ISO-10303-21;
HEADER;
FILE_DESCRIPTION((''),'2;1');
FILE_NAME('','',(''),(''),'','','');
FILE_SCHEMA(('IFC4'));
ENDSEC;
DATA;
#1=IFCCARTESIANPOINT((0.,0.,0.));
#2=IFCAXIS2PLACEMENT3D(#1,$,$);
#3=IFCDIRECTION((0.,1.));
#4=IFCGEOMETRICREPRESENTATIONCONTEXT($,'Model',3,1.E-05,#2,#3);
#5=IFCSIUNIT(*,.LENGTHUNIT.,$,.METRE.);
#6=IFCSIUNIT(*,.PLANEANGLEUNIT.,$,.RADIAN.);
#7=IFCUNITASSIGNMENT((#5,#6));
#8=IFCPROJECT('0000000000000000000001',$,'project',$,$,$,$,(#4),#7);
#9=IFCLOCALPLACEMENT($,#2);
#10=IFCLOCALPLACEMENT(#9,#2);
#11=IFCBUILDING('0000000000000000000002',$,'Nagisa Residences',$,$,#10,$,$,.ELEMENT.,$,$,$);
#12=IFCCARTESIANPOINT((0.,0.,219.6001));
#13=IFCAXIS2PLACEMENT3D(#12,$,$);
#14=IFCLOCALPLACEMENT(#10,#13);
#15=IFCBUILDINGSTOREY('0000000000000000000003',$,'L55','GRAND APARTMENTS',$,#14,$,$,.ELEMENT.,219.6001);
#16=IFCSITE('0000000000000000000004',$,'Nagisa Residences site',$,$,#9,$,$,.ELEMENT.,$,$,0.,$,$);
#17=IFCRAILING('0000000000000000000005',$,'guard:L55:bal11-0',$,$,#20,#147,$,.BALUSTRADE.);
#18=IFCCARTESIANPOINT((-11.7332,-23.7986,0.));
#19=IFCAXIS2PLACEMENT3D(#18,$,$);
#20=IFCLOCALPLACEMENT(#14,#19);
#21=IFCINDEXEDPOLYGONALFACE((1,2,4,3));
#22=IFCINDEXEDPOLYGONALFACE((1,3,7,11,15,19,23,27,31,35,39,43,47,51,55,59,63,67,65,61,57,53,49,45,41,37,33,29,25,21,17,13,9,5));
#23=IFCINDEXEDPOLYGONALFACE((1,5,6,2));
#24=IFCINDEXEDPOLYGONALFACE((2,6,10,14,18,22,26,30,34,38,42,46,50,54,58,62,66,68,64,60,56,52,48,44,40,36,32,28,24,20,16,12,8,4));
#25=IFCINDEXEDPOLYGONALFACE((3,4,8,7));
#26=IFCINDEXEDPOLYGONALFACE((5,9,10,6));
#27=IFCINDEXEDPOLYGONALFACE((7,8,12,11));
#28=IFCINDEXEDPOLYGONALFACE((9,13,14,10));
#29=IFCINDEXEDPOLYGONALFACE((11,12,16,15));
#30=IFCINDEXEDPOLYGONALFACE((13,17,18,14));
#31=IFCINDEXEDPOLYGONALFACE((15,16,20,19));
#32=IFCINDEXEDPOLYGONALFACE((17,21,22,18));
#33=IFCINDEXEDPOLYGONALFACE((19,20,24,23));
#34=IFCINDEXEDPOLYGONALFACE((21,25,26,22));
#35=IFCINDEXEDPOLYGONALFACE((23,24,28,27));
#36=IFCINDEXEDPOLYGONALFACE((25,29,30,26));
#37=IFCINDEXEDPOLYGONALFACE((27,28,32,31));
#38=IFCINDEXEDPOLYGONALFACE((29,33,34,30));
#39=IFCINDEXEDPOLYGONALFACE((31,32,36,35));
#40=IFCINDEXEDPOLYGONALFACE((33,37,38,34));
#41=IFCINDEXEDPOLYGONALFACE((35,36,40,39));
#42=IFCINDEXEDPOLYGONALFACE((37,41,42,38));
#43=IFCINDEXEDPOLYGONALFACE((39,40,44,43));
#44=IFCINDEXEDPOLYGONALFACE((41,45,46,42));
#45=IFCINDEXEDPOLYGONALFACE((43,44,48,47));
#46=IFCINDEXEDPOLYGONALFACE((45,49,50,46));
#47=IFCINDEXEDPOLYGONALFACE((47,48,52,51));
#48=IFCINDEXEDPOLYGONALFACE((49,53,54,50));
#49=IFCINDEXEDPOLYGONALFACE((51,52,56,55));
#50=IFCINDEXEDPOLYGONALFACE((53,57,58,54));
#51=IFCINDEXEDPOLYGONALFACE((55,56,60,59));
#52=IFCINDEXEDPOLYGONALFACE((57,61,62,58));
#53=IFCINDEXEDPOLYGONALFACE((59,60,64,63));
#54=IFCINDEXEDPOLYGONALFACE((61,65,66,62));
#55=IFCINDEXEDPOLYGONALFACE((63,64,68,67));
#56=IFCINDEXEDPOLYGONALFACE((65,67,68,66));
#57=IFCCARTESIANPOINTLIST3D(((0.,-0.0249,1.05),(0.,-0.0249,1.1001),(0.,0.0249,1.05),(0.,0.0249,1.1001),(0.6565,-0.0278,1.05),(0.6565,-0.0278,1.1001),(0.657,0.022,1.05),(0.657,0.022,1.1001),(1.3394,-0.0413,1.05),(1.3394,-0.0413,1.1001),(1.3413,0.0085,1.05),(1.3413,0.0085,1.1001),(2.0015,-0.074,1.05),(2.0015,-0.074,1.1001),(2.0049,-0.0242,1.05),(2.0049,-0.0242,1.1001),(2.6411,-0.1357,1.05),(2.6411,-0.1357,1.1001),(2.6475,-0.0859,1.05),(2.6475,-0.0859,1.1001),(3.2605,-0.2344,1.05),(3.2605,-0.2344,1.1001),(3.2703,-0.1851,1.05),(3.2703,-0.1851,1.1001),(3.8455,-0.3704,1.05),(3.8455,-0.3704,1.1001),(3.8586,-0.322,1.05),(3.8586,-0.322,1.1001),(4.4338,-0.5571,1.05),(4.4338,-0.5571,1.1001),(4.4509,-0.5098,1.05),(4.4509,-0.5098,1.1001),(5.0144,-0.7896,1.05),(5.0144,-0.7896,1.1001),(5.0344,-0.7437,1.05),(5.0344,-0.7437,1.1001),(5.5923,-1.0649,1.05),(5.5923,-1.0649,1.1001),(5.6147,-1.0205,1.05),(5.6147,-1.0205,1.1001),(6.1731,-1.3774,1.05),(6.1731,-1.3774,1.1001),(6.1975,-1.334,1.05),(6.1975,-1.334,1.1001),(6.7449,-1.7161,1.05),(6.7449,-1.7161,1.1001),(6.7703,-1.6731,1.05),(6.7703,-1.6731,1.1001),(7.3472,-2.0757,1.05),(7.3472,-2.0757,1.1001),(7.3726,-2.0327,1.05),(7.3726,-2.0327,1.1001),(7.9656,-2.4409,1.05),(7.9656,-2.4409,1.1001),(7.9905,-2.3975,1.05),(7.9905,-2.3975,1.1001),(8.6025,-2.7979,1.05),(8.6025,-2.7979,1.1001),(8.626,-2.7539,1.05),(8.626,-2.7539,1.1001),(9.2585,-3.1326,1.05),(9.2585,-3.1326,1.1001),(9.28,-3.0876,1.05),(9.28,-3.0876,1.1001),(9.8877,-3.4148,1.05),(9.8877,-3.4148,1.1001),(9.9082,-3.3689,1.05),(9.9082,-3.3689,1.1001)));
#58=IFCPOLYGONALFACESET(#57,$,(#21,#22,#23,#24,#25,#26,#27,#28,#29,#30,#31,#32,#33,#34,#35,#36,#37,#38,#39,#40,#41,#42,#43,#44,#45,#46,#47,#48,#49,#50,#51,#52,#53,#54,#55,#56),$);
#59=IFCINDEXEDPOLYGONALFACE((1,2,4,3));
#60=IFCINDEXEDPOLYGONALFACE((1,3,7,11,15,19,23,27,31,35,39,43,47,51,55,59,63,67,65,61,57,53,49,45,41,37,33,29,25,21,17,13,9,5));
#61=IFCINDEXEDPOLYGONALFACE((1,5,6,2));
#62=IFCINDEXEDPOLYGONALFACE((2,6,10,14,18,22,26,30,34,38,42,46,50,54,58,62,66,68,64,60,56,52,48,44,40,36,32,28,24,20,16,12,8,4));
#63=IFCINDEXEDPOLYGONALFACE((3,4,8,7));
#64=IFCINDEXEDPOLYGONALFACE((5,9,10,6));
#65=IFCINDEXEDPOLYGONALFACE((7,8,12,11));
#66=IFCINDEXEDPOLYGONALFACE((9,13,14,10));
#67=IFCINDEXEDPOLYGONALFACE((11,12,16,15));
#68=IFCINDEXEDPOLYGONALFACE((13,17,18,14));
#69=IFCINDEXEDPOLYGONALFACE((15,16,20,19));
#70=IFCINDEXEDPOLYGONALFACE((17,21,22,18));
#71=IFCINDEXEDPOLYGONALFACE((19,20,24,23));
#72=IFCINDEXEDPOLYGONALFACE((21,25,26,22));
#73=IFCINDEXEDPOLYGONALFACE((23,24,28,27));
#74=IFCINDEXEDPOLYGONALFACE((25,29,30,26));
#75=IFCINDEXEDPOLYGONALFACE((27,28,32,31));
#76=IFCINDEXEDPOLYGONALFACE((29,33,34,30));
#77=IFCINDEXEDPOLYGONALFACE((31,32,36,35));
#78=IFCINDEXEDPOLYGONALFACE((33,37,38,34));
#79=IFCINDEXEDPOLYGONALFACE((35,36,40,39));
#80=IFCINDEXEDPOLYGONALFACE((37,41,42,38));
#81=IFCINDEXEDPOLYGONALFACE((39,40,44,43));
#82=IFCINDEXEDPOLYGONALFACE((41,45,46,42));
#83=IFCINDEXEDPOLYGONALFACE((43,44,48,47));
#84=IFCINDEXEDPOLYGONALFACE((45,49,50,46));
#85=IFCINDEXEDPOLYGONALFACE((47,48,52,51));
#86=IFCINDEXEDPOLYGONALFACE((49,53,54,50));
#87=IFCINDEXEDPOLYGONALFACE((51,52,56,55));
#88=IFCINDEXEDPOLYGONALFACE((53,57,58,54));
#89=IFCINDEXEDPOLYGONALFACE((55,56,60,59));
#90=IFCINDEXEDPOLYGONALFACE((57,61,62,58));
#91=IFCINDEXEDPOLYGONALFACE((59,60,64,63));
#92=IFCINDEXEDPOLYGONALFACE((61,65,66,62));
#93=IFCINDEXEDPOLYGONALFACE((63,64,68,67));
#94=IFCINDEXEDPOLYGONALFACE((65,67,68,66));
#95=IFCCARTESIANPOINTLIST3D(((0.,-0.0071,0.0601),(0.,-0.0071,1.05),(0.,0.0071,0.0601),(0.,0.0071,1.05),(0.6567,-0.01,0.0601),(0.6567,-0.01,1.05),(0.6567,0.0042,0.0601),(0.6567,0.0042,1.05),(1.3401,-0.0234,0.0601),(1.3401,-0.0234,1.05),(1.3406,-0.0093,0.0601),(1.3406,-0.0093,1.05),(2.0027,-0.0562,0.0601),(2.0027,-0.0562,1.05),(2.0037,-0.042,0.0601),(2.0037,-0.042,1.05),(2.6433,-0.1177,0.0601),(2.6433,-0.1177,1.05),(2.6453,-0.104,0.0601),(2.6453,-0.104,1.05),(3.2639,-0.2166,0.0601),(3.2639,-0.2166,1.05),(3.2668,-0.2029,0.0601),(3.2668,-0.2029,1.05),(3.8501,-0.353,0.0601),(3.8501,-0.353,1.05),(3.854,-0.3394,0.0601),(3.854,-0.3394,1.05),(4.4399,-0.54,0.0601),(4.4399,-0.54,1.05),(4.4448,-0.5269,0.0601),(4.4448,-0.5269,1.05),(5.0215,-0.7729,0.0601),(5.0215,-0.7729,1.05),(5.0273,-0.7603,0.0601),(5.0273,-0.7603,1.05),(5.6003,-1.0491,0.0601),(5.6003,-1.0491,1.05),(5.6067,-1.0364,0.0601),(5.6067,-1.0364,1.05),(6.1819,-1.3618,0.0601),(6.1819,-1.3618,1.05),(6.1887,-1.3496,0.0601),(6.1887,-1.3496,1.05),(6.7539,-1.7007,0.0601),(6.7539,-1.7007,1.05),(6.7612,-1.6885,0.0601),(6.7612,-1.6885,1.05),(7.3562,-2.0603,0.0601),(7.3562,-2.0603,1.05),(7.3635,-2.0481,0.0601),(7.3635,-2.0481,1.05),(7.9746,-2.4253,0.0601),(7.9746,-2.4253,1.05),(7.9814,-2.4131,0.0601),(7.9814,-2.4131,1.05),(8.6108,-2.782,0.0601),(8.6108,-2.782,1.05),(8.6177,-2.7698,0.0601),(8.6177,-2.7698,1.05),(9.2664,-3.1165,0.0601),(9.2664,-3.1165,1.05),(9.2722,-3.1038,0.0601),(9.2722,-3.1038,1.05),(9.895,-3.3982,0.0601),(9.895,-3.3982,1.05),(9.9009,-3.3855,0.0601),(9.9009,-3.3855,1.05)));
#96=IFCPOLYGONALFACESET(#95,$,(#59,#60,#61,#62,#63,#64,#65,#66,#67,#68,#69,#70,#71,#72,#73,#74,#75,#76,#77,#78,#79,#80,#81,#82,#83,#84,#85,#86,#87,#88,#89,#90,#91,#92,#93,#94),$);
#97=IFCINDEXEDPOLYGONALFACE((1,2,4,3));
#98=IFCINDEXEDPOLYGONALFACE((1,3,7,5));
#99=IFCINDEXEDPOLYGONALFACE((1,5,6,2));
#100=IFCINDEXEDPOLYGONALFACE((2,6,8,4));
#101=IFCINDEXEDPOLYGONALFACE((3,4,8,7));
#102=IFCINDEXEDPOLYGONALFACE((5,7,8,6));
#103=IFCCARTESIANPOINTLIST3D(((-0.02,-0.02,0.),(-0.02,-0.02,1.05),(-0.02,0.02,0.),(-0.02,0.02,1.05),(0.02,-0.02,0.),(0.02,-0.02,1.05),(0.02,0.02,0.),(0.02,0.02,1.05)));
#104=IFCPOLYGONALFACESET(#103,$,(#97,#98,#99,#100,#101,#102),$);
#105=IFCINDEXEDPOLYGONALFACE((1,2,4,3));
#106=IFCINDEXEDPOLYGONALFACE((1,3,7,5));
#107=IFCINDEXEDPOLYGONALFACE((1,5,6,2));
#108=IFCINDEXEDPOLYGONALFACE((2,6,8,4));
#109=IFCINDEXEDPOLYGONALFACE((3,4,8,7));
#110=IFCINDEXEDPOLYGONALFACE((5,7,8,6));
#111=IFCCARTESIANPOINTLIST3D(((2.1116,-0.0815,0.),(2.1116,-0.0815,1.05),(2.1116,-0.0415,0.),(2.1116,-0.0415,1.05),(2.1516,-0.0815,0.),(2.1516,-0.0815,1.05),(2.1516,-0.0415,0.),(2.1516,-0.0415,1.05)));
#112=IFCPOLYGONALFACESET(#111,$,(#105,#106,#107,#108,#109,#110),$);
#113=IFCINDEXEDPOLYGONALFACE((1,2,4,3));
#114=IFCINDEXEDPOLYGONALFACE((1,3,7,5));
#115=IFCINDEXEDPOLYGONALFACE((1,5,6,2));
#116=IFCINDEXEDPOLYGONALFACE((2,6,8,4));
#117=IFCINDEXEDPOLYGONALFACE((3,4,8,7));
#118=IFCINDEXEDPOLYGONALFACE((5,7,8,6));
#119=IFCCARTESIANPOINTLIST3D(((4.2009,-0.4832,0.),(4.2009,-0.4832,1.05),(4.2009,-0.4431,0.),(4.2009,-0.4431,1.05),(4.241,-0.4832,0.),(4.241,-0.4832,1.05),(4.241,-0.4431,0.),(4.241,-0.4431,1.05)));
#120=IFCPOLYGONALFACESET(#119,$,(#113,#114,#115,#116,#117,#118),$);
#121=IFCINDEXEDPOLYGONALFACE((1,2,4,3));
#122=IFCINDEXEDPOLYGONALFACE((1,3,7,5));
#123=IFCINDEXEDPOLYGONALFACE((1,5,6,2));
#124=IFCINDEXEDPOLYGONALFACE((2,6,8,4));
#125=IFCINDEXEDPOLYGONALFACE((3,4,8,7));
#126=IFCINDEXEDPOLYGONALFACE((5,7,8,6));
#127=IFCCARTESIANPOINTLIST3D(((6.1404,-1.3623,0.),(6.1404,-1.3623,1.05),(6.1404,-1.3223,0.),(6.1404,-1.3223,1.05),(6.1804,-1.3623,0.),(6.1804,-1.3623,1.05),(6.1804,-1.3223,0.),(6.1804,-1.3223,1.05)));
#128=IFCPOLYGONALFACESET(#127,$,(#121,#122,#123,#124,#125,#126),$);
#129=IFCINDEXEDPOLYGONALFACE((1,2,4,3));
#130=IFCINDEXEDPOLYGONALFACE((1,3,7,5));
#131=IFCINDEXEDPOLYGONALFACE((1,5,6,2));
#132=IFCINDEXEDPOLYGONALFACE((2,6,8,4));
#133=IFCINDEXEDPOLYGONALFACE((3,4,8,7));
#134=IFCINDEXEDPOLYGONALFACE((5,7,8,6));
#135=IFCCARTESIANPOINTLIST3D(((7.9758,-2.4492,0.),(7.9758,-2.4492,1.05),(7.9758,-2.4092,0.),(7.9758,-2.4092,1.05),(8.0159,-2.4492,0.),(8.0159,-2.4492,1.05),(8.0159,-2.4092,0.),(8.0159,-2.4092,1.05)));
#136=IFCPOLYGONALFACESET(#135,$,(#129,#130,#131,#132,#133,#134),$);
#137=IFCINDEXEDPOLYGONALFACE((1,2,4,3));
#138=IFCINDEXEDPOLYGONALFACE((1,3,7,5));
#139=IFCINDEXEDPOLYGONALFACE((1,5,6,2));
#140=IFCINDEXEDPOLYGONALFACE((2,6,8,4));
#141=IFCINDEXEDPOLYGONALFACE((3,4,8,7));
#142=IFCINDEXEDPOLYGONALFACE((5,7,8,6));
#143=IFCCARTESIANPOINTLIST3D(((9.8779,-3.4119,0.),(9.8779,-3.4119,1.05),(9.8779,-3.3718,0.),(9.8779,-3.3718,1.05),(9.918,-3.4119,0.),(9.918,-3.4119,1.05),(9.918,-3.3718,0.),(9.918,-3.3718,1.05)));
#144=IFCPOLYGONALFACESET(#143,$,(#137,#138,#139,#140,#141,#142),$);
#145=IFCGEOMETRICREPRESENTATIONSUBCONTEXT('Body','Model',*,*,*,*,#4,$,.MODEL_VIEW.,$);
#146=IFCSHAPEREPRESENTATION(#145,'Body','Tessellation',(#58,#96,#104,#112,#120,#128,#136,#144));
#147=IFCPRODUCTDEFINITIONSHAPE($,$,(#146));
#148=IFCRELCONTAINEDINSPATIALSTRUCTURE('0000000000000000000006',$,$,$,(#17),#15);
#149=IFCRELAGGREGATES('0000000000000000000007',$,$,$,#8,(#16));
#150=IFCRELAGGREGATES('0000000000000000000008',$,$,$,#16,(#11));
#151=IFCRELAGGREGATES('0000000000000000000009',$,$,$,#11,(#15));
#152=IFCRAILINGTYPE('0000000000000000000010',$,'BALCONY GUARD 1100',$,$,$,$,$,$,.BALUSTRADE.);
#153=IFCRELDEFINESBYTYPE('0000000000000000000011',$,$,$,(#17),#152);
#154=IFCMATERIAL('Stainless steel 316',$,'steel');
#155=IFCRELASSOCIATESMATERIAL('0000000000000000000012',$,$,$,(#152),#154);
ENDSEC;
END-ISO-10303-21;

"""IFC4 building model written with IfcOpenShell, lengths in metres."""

from ifc_helpers import new_model, si_unit, direction, frame, origin, origin_2d, place, context, subcontext, project, spatial, polyline, rectangle, outline, extrude, material, type_object, element, save


model = new_model("IFC4")

# Units and contexts
model_context = context("Model", 3, precision=1e-05, world=origin(), true_north=direction((0.0, 1.0)))
body_context = subcontext(model_context, "Body", "Model", "MODEL_VIEW")
ifc_project = project(units=[si_unit("LENGTHUNIT", "METRE"), si_unit("PLANEANGLEUNIT", "RADIAN")], contexts=[model_context])

# Site, building, storey
site_placement = place(None, origin())
site = spatial("IfcSite", under=ifc_project, at=site_placement, Name="Nagisa Residences site", CompositionType="ELEMENT", RefElevation=0.0)
building_placement = place(site_placement, origin())
building = spatial("IfcBuilding", under=site, at=building_placement, Name="Nagisa Residences", CompositionType="ELEMENT")
storey_placement = place(building_placement, frame((0.0, 0.0, 219.6001)))
storey = spatial("IfcBuildingStorey", under=building, at=storey_placement, Name="L55", Description="GRAND APARTMENTS", CompositionType="ELEMENT", Elevation=219.6001)

# Railing
ifc_material_1 = material(Name="Stainless steel 316", Category="steel")
railing_type = type_object("IfcRailingType", Name="BALCONY GUARD 1100", PredefinedType="BALUSTRADE", material=ifc_material_1)
railing_1_placement = place(storey_placement, frame((-11.7332, -23.7986, 0.0)))
element("IfcRailing", 1, at=railing_1_placement, inside=storey, type_object=railing_type, Name="guard:L55:bal11-0", PredefinedType="BALUSTRADE", context=body_context, shape_type="SweptSolid", body=[
    extrude(outline(polyline([(0.657, 0.022), (0.0, 0.0249), (0.0, -0.0249), (0.6565, -0.0278), (1.3394, -0.0413), (2.0015, -0.074), (2.6411, -0.1357), (3.2605, -0.2344), (3.8455, -0.3704), (4.4338, -0.5571), (5.0144, -0.7896), (5.5923, -1.0649), (6.1731, -1.3774), (6.7449, -1.7161), (7.3472, -2.0757), (7.9656, -2.4409), (8.6025, -2.7979), (9.2585, -3.1326), (9.8877, -3.4148), (9.9082, -3.3689), (9.28, -3.0876), (8.626, -2.7539), (7.9905, -2.3975), (7.3726, -2.0327), (6.7703, -1.6731), (6.1975, -1.334), (5.6147, -1.0205), (5.0344, -0.7437), (4.4509, -0.5098), (3.8586, -0.322), (3.2703, -0.1851), (2.6475, -0.0859), (2.0049, -0.0242), (1.3413, 0.0085), (0.657, 0.022)])), frame((0.0, 0.0, 1.05)), (0.0, 0.0, 1.0), 0.05),
    extrude(outline(polyline([(0.6567, 0.0042), (0.0, 0.0071), (0.0, -0.0071), (0.6567, -0.01), (1.3401, -0.0234), (2.0027, -0.0562), (2.6433, -0.1177), (3.2639, -0.2166), (3.8501, -0.353), (4.4399, -0.54), (5.0215, -0.7729), (5.6003, -1.0491), (6.1819, -1.3618), (6.7539, -1.7007), (7.3562, -2.0603), (7.9746, -2.4253), (8.6108, -2.782), (9.2664, -3.1165), (9.895, -3.3982), (9.9009, -3.3855), (9.2722, -3.1038), (8.6177, -2.7698), (7.9814, -2.4131), (7.3635, -2.0481), (6.7612, -1.6885), (6.1887, -1.3496), (5.6067, -1.0364), (5.0273, -0.7603), (4.4448, -0.5269), (3.854, -0.3394), (3.2668, -0.2029), (2.6453, -0.104), (2.0037, -0.042), (1.3406, -0.0093), (0.6567, 0.0042)])), frame((0.0, 0.0, 0.0601)), (0.0, 0.0, 1.0), 0.99),
    extrude(rectangle(XDim=0.04, YDim=0.04, at=origin_2d()), origin(), (0.0, 0.0, 1.0), 1.05),
    extrude(rectangle(XDim=0.04, YDim=0.04, at=origin_2d()), frame((2.1316, -0.0615, 0.0)), (0.0, 0.0, 1.0), 1.05),
    extrude(rectangle(XDim=0.04, YDim=0.04, at=origin_2d()), frame((4.2209, -0.4631, 0.0)), (0.0, 0.0, 1.0), 1.05),
    extrude(rectangle(XDim=0.04, YDim=0.04, at=origin_2d()), frame((6.1604, -1.3423, 0.0)), (0.0, 0.0, 1.0), 1.05),
    extrude(rectangle(XDim=0.04, YDim=0.04, at=origin_2d()), frame((7.9958, -2.4292, 0.0)), (0.0, 0.0, 1.0), 1.05),
    extrude(rectangle(XDim=0.04, YDim=0.04, at=origin_2d()), frame((9.8979, -3.3918, 0.0)), (0.0, 0.0, 1.0), 1.05),
])

save(model, "model.ifc")
